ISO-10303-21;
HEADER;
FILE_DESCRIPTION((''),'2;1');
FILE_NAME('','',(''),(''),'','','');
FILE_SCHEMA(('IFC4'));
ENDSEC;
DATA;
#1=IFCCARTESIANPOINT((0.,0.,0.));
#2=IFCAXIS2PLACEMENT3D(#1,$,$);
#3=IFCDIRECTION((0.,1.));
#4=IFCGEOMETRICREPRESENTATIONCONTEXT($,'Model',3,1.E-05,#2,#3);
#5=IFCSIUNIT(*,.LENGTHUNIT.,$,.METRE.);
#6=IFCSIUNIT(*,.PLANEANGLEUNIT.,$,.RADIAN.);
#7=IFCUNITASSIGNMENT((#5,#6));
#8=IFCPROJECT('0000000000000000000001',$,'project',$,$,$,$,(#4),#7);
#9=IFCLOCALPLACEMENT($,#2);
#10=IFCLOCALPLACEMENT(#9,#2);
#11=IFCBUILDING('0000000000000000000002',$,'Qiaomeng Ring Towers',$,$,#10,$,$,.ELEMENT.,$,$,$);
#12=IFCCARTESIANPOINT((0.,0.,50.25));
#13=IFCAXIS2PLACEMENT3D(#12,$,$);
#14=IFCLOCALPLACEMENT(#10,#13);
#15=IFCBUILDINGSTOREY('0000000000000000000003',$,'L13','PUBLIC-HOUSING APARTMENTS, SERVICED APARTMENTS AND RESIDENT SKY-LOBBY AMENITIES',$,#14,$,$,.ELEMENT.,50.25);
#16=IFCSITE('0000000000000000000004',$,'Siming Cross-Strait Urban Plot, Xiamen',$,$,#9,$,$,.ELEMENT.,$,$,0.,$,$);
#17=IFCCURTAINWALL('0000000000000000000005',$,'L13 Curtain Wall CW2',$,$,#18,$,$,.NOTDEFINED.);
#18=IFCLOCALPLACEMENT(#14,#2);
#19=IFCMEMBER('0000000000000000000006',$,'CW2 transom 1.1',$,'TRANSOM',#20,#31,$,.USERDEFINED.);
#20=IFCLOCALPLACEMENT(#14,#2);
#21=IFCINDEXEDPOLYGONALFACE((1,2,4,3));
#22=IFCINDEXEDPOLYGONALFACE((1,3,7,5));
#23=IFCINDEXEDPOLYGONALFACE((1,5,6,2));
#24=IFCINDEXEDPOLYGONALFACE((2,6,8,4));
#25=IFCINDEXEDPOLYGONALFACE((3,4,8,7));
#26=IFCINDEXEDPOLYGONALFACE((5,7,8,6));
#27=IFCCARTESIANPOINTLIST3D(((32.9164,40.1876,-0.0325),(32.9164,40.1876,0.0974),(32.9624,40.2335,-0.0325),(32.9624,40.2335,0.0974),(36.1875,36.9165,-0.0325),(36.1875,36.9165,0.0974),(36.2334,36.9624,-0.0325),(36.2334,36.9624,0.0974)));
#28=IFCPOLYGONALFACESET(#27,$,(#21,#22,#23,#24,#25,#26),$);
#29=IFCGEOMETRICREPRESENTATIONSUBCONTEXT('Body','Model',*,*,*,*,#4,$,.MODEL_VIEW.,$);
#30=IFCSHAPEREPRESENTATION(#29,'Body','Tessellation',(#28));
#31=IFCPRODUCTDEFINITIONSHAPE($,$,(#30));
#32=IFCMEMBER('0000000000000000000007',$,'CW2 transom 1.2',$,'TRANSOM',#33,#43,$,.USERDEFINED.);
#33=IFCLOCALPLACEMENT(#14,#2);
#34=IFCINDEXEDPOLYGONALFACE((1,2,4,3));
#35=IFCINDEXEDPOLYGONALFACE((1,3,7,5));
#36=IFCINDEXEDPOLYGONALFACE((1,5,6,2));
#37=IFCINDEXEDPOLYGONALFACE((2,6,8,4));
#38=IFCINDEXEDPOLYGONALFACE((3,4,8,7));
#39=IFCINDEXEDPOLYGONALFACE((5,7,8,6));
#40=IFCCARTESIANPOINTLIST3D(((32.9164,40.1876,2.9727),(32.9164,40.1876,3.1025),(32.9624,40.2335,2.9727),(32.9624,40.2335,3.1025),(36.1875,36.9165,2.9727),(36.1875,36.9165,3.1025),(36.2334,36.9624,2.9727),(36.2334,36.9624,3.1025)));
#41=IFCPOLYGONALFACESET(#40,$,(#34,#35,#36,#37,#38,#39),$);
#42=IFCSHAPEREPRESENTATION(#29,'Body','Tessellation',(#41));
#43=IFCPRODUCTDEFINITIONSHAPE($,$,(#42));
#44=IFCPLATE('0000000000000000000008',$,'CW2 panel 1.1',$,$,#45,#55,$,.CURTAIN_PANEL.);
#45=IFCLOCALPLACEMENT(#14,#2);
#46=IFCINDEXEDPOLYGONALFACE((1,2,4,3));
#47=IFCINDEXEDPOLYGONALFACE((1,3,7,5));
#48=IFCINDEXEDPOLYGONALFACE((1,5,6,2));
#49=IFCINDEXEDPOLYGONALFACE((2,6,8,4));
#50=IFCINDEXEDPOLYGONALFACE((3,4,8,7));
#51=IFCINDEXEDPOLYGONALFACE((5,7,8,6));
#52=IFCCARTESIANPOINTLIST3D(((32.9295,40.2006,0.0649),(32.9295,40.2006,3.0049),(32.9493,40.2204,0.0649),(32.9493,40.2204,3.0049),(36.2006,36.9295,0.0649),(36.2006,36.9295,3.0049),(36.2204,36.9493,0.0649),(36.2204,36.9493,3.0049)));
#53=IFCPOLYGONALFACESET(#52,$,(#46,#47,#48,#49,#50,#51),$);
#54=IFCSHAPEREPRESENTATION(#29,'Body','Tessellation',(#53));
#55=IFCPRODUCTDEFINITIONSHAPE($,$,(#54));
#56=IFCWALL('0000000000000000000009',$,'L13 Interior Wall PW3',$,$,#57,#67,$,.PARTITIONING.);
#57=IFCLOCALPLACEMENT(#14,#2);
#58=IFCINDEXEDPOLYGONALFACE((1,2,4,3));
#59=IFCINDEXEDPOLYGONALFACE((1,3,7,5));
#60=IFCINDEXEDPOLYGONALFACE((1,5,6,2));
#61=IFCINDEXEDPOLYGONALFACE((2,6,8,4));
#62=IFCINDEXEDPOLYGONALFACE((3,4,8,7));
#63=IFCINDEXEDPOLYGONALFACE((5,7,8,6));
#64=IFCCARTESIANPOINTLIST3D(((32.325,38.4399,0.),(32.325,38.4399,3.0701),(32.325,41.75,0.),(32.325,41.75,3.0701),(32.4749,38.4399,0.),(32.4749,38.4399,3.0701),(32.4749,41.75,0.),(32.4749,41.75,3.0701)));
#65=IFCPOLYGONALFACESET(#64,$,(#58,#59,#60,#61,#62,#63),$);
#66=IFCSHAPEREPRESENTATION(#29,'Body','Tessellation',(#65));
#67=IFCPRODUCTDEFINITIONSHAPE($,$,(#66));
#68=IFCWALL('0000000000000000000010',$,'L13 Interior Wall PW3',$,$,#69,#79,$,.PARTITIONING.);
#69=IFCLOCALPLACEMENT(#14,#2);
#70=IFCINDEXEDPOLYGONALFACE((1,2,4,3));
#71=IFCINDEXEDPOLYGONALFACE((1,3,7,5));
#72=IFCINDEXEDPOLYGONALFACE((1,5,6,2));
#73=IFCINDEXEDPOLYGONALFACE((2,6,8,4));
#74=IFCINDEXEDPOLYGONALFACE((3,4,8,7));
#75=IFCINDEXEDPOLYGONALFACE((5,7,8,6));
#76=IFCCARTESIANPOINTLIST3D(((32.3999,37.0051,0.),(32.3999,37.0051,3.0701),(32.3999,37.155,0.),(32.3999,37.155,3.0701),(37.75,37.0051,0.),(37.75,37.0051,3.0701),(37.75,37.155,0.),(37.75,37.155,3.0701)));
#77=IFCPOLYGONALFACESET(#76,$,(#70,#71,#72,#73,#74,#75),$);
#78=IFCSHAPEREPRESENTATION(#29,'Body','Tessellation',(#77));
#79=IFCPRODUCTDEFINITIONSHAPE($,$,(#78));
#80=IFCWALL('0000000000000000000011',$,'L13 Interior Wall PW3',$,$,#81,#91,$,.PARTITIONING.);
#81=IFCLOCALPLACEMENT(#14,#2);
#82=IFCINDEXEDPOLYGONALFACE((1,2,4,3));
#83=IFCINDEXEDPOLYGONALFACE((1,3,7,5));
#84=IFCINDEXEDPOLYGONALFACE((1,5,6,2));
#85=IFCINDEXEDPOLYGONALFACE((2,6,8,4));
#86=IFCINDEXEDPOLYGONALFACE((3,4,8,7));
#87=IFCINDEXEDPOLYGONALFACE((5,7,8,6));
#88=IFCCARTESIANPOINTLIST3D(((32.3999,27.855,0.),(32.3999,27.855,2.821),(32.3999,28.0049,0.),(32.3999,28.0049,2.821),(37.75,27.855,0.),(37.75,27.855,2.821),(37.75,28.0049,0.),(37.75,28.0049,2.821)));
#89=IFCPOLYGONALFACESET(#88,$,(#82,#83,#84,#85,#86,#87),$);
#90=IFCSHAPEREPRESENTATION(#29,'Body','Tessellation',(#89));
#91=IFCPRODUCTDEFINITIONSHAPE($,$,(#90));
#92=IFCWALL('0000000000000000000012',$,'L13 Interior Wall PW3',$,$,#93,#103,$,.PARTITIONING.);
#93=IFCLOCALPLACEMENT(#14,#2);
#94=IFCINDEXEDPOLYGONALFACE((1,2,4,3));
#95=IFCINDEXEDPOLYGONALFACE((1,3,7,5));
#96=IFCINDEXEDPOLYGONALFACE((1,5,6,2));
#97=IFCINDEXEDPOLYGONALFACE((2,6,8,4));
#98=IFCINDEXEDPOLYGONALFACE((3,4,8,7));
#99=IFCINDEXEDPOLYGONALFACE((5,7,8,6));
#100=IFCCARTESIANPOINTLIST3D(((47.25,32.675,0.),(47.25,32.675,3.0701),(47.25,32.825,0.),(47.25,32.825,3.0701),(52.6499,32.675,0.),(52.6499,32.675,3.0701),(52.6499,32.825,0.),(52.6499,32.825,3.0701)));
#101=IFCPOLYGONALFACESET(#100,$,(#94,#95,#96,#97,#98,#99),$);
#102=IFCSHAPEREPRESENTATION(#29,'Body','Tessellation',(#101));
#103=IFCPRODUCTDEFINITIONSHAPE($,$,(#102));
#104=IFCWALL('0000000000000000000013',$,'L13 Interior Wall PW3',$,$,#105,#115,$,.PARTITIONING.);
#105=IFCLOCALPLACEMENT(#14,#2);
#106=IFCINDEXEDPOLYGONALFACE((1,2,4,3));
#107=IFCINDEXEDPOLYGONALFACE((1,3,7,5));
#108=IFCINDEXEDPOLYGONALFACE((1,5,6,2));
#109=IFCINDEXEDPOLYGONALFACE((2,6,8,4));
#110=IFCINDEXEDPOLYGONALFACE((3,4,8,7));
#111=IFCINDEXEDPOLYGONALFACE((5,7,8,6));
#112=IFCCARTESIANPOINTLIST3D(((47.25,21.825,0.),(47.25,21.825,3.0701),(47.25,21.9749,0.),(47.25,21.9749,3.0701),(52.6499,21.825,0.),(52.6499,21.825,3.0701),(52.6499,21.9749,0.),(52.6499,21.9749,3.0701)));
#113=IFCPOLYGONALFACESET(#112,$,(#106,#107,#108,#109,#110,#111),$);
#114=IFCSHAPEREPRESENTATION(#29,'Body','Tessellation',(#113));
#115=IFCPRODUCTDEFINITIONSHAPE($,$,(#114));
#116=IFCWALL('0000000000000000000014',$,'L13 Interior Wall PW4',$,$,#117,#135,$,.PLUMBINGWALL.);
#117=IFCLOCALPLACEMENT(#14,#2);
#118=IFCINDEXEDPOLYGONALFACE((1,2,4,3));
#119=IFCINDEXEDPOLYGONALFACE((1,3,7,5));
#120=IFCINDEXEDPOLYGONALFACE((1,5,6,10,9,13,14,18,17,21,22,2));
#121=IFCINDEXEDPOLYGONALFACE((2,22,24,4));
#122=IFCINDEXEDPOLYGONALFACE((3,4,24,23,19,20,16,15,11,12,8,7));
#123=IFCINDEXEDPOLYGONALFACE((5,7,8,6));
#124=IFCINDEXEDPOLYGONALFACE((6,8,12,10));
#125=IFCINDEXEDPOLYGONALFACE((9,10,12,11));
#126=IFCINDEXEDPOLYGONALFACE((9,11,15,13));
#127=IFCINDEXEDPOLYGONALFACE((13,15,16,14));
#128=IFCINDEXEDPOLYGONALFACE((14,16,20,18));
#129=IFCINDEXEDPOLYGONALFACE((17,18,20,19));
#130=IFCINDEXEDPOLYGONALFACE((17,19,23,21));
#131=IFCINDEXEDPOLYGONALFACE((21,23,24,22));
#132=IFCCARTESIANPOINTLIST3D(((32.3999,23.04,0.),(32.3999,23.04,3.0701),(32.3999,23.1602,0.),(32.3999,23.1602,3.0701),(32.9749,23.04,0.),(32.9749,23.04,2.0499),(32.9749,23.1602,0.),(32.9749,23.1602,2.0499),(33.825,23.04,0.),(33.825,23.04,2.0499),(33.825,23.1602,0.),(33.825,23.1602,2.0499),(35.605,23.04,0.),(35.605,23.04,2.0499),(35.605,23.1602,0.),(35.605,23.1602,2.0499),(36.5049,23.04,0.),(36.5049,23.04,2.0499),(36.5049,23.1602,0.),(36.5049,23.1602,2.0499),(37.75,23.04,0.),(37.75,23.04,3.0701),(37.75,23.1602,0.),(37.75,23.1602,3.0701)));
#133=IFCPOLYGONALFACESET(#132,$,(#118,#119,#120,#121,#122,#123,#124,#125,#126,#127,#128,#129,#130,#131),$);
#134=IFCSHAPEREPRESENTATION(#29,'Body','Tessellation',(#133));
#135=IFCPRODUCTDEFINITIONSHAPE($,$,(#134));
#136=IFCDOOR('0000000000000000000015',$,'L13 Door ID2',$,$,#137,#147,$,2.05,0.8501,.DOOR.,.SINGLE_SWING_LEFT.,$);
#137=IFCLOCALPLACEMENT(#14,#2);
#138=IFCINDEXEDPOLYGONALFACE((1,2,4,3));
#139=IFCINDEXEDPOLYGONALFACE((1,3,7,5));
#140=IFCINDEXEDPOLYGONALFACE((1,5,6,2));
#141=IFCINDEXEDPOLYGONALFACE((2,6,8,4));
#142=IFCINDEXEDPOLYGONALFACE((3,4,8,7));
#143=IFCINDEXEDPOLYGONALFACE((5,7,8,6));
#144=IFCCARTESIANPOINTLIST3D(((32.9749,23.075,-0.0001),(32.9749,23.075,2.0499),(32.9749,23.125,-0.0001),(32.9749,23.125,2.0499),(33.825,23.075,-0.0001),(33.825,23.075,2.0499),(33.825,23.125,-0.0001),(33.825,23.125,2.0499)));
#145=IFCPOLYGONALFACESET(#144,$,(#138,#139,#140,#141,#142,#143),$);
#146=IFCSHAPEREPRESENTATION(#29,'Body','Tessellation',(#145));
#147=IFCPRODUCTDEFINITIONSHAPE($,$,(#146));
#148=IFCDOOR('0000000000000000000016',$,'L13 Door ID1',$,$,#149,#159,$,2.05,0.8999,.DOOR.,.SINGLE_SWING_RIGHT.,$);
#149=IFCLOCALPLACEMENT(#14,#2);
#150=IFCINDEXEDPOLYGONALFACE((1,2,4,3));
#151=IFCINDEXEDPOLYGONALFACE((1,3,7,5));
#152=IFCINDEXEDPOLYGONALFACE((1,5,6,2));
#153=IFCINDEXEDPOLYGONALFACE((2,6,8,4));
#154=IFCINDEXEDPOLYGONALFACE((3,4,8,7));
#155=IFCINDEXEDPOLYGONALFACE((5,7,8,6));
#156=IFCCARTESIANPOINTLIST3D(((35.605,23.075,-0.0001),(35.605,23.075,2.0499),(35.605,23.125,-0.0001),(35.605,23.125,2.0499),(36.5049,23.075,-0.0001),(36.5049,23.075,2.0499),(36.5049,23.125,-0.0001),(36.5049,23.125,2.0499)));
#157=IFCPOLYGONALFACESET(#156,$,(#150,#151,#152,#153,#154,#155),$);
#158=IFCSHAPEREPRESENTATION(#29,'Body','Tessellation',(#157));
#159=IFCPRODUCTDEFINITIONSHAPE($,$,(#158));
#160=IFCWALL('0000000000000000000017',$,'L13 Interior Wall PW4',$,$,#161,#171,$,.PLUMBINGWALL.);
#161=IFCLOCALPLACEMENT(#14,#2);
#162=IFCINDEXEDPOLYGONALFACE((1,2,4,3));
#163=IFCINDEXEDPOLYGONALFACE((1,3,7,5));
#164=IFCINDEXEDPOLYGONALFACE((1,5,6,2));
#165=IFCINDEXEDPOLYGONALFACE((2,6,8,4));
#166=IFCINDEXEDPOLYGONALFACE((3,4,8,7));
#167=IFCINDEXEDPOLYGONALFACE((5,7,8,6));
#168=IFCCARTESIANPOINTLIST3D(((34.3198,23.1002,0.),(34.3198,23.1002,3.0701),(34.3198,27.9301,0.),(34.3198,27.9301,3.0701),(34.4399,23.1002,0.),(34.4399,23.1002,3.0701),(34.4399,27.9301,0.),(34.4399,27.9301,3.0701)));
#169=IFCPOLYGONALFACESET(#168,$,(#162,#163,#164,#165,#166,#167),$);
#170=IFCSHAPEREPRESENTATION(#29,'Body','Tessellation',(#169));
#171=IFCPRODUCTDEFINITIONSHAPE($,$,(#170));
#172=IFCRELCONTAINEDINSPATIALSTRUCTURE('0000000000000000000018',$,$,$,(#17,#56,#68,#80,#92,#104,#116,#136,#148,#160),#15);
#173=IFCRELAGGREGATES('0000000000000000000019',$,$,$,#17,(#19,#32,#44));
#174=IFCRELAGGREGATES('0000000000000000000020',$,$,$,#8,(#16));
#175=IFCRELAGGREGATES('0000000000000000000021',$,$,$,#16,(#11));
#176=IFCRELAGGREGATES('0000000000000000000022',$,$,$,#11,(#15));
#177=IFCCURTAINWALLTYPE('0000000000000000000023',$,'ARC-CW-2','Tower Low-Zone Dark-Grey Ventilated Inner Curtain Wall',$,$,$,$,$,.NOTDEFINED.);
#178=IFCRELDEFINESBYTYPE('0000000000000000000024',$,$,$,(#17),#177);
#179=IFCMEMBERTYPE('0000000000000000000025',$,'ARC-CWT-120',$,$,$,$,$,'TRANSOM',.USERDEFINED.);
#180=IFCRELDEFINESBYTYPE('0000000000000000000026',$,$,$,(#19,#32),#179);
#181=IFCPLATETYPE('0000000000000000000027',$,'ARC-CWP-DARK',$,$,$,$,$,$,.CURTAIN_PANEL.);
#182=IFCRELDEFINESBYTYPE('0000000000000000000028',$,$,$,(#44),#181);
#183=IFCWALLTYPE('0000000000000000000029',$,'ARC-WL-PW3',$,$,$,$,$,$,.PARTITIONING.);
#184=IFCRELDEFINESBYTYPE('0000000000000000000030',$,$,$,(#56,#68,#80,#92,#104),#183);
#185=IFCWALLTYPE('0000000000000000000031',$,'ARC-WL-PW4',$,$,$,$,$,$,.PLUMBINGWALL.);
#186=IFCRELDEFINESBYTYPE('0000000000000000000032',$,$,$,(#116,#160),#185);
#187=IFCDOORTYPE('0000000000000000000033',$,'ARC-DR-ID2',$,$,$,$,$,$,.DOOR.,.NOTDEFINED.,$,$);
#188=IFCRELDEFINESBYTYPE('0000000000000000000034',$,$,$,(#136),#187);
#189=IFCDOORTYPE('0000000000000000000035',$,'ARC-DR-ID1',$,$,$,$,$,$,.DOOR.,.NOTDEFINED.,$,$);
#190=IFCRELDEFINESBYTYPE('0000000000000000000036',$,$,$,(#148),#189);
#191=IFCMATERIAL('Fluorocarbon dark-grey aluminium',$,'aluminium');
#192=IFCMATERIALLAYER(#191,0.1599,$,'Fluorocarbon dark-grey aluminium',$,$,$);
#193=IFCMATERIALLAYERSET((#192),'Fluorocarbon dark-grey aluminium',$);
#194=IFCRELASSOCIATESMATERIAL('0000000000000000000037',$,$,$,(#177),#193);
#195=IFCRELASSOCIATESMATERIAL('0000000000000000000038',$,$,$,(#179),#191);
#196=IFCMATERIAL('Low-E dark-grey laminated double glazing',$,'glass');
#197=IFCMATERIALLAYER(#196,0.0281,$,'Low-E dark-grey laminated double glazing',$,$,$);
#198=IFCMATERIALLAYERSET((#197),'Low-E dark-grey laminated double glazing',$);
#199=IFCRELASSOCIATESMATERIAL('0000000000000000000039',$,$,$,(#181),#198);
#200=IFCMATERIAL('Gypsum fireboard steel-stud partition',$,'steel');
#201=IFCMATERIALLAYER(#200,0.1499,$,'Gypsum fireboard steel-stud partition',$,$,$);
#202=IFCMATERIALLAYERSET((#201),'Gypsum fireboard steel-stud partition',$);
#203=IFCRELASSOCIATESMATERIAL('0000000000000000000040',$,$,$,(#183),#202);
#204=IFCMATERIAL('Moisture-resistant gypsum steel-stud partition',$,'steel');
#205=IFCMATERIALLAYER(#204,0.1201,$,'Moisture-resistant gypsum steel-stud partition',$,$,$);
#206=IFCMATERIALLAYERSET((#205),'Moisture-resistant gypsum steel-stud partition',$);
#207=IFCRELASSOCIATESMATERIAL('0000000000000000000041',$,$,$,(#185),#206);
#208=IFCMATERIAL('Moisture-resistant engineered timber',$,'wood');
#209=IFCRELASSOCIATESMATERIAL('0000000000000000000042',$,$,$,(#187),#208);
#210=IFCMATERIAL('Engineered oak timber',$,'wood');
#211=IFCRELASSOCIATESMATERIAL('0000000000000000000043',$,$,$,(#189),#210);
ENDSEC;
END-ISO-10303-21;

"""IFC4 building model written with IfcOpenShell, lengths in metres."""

from ifc_helpers import new_model, si_unit, direction, frame, frame_2d, origin, origin_2d, place, context, subcontext, project, spatial, rectangle, extrude, source, transform, mapped, material, layer, layer_set, material_profile, profile_set, type_object, element, fill, aggregate, save


model = new_model("IFC4")

# Units and contexts
model_context = context("Model", 3, precision=1e-05, world=origin(), true_north=direction((0.0, 1.0)))
body_context = subcontext(model_context, "Body", "Model", "MODEL_VIEW")
ifc_project = project(units=[si_unit("LENGTHUNIT", "METRE"), si_unit("PLANEANGLEUNIT", "RADIAN")], contexts=[model_context])

# Site, building, storey
site_placement = place(None, origin())
site = spatial("IfcSite", under=ifc_project, at=site_placement, Name="Siming Cross-Strait Urban Plot, Xiamen", CompositionType="ELEMENT", RefElevation=0.0)
building_placement = place(site_placement, origin())
building = spatial("IfcBuilding", under=site, at=building_placement, Name="Qiaomeng Ring Towers", CompositionType="ELEMENT")
storey_placement = place(building_placement, frame((0.0, 0.0, 50.25)))
storey = spatial("IfcBuildingStorey", under=building, at=storey_placement, Name="L13", Description="PUBLIC-HOUSING APARTMENTS, SERVICED APARTMENTS AND RESIDENT SKY-LOBBY AMENITIES", CompositionType="ELEMENT", Elevation=50.25)

# Curtain wall, members, plate
ifc_material_1 = material(Name="Fluorocarbon dark-grey aluminium", Category="aluminium")
ifc_layer_1 = layer(ifc_material_1, 0.1599, Name="Fluorocarbon dark-grey aluminium")
ifc_layer_set_1 = layer_set([ifc_layer_1], Name="Fluorocarbon dark-grey aluminium")
curtain_wall_type = type_object("IfcCurtainWallType", Name="ARC-CW-2", Description="Tower Low-Zone Dark-Grey Ventilated Inner Curtain Wall", PredefinedType="NOTDEFINED", material=ifc_layer_set_1)
curtain_wall_placement = place(storey_placement, origin())
curtain_wall = element("IfcCurtainWall", 1, at=curtain_wall_placement, inside=storey, type_object=curtain_wall_type, Name="L13 Curtain Wall CW2", PredefinedType="NOTDEFINED")
ifc_material_profile_1 = material_profile(ifc_material_1, rectangle(XDim=0.0649, YDim=0.1299, at=origin_2d()), Name="ALU TRAN 65x130")
ifc_profile_set_1 = profile_set([ifc_material_profile_1], Name="Fluorocarbon dark-grey aluminium")
member_type_1 = type_object("IfcMemberType", Name="ARC-CWT-120", ElementType="TRANSOM", PredefinedType="USERDEFINED", material=ifc_profile_set_1)
shared_shape_1 = source(origin(), body_context, "Body", "SweptSolid", [
    extrude(rectangle(XDim=0.0649, YDim=0.1299, at=origin_2d()), origin(), (0.0, 0.0, 1.0), 4.626),
])
member_1_placement = place(storey_placement, frame((36.2104, 36.9395, 0.0325), z_axis=(-0.707107, 0.707107, 0.0), x_axis=(-0.707107, -0.707107, 0.0)))
member_1 = element("IfcMember", 2, at=member_1_placement, type_object=member_type_1, Name="CW2 transom 1.1", ObjectType="TRANSOM", PredefinedType="USERDEFINED", context=body_context, shape_type="MappedRepresentation", body=[
    mapped(shared_shape_1, transform((0.0, 0.0, 0.0), x_axis=(1.0, 0.0, 0.0), y_axis=(0.0, 1.0, 0.0), z_axis=(0.0, 0.0, 1.0), scale=1.0)),
])
member_2_placement = place(storey_placement, frame((36.2104, 36.9395, 3.0376), z_axis=(-0.707107, 0.707107, 0.0), x_axis=(-0.707107, -0.707107, 0.0)))
member_2 = element("IfcMember", 3, at=member_2_placement, type_object=member_type_1, Name="CW2 transom 1.2", ObjectType="TRANSOM", PredefinedType="USERDEFINED", context=body_context, shape_type="MappedRepresentation", body=[
    mapped(shared_shape_1, transform((0.0, 0.0, 0.0), x_axis=(1.0, 0.0, 0.0), y_axis=(0.0, 1.0, 0.0), z_axis=(0.0, 0.0, 1.0), scale=1.0)),
])
ifc_material_2 = material(Name="Low-E dark-grey laminated double glazing", Category="glass")
ifc_layer_2 = layer(ifc_material_2, 0.0281, Name="Low-E dark-grey laminated double glazing")
ifc_layer_set_2 = layer_set([ifc_layer_2], Name="Low-E dark-grey laminated double glazing")
plate_type = type_object("IfcPlateType", Name="ARC-CWP-DARK", PredefinedType="CURTAIN_PANEL", material=ifc_layer_set_2)
shared_shape_2 = source(origin(), body_context, "Body", "SweptSolid", [
    extrude(rectangle(XDim=4.626, YDim=0.0281, at=origin_2d()), origin(), (0.0, 0.0, 1.0), 2.9399),
])
plate_placement = place(storey_placement, frame((34.575, 38.575, 0.0649), z_axis=(0.0, 0.0, 1.0), x_axis=(-0.707107, 0.707107, 0.0)))
plate = element("IfcPlate", 4, at=plate_placement, type_object=plate_type, Name="CW2 panel 1.1", PredefinedType="CURTAIN_PANEL", context=body_context, shape_type="MappedRepresentation", body=[
    mapped(shared_shape_2, transform((0.0, 0.0, 0.0), x_axis=(1.0, 0.0, 0.0), y_axis=(0.0, 1.0, 0.0), z_axis=(0.0, 0.0, 1.0), scale=1.0)),
])
aggregate(curtain_wall, [member_1, member_2, plate])

# Walls
ifc_material_3 = material(Name="Gypsum fireboard steel-stud partition", Category="steel")
ifc_layer_3 = layer(ifc_material_3, 0.1499, Name="Gypsum fireboard steel-stud partition")
ifc_layer_set_3 = layer_set([ifc_layer_3], Name="Gypsum fireboard steel-stud partition")
wall_type_1 = type_object("IfcWallType", Name="ARC-WL-PW3", PredefinedType="PARTITIONING", material=ifc_layer_set_3)
wall_1_placement = place(storey_placement, frame((32.3999, 38.4399, 0.0), z_axis=(0.0, 0.0, 1.0), x_axis=(0.0, 1.0, 0.0)))
element("IfcWall", 5, at=wall_1_placement, inside=storey, type_object=wall_type_1, Name="L13 Interior Wall PW3", PredefinedType="PARTITIONING", context=body_context, shape_type="SweptSolid", body=[
    extrude(rectangle(XDim=3.3101, YDim=0.1499, at=frame_2d((1.655, 0.0))), origin(), (0.0, 0.0, 1.0), 3.0701),
])
wall_2_placement = place(storey_placement, frame((32.3999, 37.0801, 0.0), z_axis=(0.0, 0.0, 1.0), x_axis=(1.0, 0.0, 0.0)))
element("IfcWall", 6, at=wall_2_placement, inside=storey, type_object=wall_type_1, Name="L13 Interior Wall PW3", PredefinedType="PARTITIONING", context=body_context, shape_type="SweptSolid", body=[
    extrude(rectangle(XDim=5.3501, YDim=0.1499, at=frame_2d((2.675, 0.0))), origin(), (0.0, 0.0, 1.0), 3.0701),
])
wall_3_placement = place(storey_placement, frame((32.3999, 27.9299, 0.0), z_axis=(0.0, 0.0, 1.0), x_axis=(1.0, 0.0, 0.0)))
element("IfcWall", 7, at=wall_3_placement, inside=storey, type_object=wall_type_1, Name="L13 Interior Wall PW3", PredefinedType="PARTITIONING", context=body_context, shape_type="SweptSolid", body=[
    extrude(rectangle(XDim=5.3501, YDim=0.1499, at=frame_2d((2.675, 0.0))), origin(), (0.0, 0.0, 1.0), 2.821),
])
for number, where, z_axis, x_axis, name in (
    (8, (47.25, 32.75, 0.0), (0.0, 0.0, 1.0), (1.0, 0.0, 0.0), "L13 Interior Wall PW3"),
    (9, (47.25, 21.8999, 0.0), (0.0, 0.0, 1.0), (1.0, 0.0, 0.0), "L13 Interior Wall PW3"),
):
    element("IfcWall", number, at=place(storey_placement, frame(where, z_axis=z_axis, x_axis=x_axis)), inside=storey, type_object=wall_type_1, Name=name, PredefinedType="PARTITIONING", context=body_context, shape_type="SweptSolid", body=[
        extrude(rectangle(XDim=5.3999, YDim=0.1499, at=frame_2d((2.7, 0.0))), origin(), (0.0, 0.0, 1.0), 3.0701),
    ])

# Wall, openings, doors
ifc_material_4 = material(Name="Moisture-resistant gypsum steel-stud partition", Category="steel")
ifc_layer_4 = layer(ifc_material_4, 0.1201, Name="Moisture-resistant gypsum steel-stud partition")
ifc_layer_set_4 = layer_set([ifc_layer_4], Name="Moisture-resistant gypsum steel-stud partition")
wall_type_2 = type_object("IfcWallType", Name="ARC-WL-PW4", PredefinedType="PLUMBINGWALL", material=ifc_layer_set_4)
wall_4_placement = place(storey_placement, frame((32.3999, 23.1001, 0.0), z_axis=(0.0, 0.0, 1.0), x_axis=(1.0, 0.0, 0.0)))
wall_4 = element("IfcWall", 10, at=wall_4_placement, inside=storey, type_object=wall_type_2, Name="L13 Interior Wall PW4", PredefinedType="PLUMBINGWALL", context=body_context, shape_type="SweptSolid", body=[
    extrude(rectangle(XDim=5.3501, YDim=0.1201, at=frame_2d((2.675, 0.0))), origin(), (0.0, 0.0, 1.0), 3.0701),
])
opening_1_placement = place(wall_4_placement, frame((0.575, 0.0, 0.0)))
opening_1 = element("IfcOpeningElement", 11, at=opening_1_placement, cuts=wall_4, PredefinedType="OPENING", context=body_context, shape_type="SweptSolid", body=[
    extrude(rectangle(XDim=0.8501, YDim=2.05, at=frame_2d((0.425, 1.0249))), frame((0.0, 0.0701, 0.0), z_axis=(0.0, -1.0, 0.0), x_axis=(1.0, 0.0, 0.0)), (0.0, 0.0, 1.0), 0.1401),
])
opening_2_placement = place(wall_4_placement, frame((3.2051, 0.0, 0.0)))
opening_2 = element("IfcOpeningElement", 12, at=opening_2_placement, cuts=wall_4, PredefinedType="OPENING", context=body_context, shape_type="SweptSolid", body=[
    extrude(rectangle(XDim=0.8999, YDim=2.05, at=frame_2d((0.45, 1.0249))), frame((0.0, 0.0701, 0.0), z_axis=(0.0, -1.0, 0.0), x_axis=(1.0, 0.0, 0.0)), (0.0, 0.0, 1.0), 0.1401),
])
ifc_material_5 = material(Name="Moisture-resistant engineered timber", Category="wood")
door_type_1 = type_object("IfcDoorType", Name="ARC-DR-ID2", OperationType="NOTDEFINED", PredefinedType="DOOR", material=ifc_material_5)
shared_shape_3 = source(origin(), body_context, "Body", "SweptSolid", [
    extrude(rectangle(XDim=0.8501, YDim=2.05, at=frame_2d((0.425, 1.0249))), frame((0.0, 0.0249, 0.0), z_axis=(0.0, -1.0, 0.0), x_axis=(1.0, 0.0, 0.0)), (0.0, 0.0, 1.0), 0.05),
])
door_1_placement = place(opening_1_placement, origin())
door_1 = element("IfcDoor", 13, at=door_1_placement, inside=storey, type_object=door_type_1, Name="L13 Door ID2", OperationType="SINGLE_SWING_LEFT", OverallHeight=2.05, OverallWidth=0.8501, PredefinedType="DOOR", context=body_context, shape_type="MappedRepresentation", body=[
    mapped(shared_shape_3, transform((0.0, 0.0, 0.0), x_axis=(1.0, 0.0, 0.0), y_axis=(0.0, 1.0, 0.0), z_axis=(0.0, 0.0, 1.0), scale=1.0)),
])
fill(opening_1, door_1)
ifc_material_6 = material(Name="Engineered oak timber", Category="wood")
door_type_2 = type_object("IfcDoorType", Name="ARC-DR-ID1", OperationType="NOTDEFINED", PredefinedType="DOOR", material=ifc_material_6)
shared_shape_4 = source(origin(), body_context, "Body", "SweptSolid", [
    extrude(rectangle(XDim=0.8999, YDim=2.05, at=frame_2d((0.45, 1.0249))), frame((0.0, 0.0249, 0.0), z_axis=(0.0, -1.0, 0.0), x_axis=(1.0, 0.0, 0.0)), (0.0, 0.0, 1.0), 0.05),
])
door_2_placement = place(opening_2_placement, origin())
door_2 = element("IfcDoor", 14, at=door_2_placement, inside=storey, type_object=door_type_2, Name="L13 Door ID1", OperationType="SINGLE_SWING_RIGHT", OverallHeight=2.05, OverallWidth=0.8999, PredefinedType="DOOR", context=body_context, shape_type="MappedRepresentation", body=[
    mapped(shared_shape_4, transform((0.0, 0.0, 0.0), x_axis=(1.0, 0.0, 0.0), y_axis=(0.0, 1.0, 0.0), z_axis=(0.0, 0.0, 1.0), scale=1.0)),
])
fill(opening_2, door_2)

# Wall
wall_5_placement = place(storey_placement, frame((34.3799, 23.1001, 0.0), z_axis=(0.0, 0.0, 1.0), x_axis=(0.0, 1.0, 0.0)))
element("IfcWall", 15, at=wall_5_placement, inside=storey, type_object=wall_type_2, Name="L13 Interior Wall PW4", PredefinedType="PLUMBINGWALL", context=body_context, shape_type="SweptSolid", body=[
    extrude(rectangle(XDim=4.8298, YDim=0.1201, at=frame_2d((2.415, 0.0))), origin(), (0.0, 0.0, 1.0), 3.0701),
])

save(model, "model.ifc")
